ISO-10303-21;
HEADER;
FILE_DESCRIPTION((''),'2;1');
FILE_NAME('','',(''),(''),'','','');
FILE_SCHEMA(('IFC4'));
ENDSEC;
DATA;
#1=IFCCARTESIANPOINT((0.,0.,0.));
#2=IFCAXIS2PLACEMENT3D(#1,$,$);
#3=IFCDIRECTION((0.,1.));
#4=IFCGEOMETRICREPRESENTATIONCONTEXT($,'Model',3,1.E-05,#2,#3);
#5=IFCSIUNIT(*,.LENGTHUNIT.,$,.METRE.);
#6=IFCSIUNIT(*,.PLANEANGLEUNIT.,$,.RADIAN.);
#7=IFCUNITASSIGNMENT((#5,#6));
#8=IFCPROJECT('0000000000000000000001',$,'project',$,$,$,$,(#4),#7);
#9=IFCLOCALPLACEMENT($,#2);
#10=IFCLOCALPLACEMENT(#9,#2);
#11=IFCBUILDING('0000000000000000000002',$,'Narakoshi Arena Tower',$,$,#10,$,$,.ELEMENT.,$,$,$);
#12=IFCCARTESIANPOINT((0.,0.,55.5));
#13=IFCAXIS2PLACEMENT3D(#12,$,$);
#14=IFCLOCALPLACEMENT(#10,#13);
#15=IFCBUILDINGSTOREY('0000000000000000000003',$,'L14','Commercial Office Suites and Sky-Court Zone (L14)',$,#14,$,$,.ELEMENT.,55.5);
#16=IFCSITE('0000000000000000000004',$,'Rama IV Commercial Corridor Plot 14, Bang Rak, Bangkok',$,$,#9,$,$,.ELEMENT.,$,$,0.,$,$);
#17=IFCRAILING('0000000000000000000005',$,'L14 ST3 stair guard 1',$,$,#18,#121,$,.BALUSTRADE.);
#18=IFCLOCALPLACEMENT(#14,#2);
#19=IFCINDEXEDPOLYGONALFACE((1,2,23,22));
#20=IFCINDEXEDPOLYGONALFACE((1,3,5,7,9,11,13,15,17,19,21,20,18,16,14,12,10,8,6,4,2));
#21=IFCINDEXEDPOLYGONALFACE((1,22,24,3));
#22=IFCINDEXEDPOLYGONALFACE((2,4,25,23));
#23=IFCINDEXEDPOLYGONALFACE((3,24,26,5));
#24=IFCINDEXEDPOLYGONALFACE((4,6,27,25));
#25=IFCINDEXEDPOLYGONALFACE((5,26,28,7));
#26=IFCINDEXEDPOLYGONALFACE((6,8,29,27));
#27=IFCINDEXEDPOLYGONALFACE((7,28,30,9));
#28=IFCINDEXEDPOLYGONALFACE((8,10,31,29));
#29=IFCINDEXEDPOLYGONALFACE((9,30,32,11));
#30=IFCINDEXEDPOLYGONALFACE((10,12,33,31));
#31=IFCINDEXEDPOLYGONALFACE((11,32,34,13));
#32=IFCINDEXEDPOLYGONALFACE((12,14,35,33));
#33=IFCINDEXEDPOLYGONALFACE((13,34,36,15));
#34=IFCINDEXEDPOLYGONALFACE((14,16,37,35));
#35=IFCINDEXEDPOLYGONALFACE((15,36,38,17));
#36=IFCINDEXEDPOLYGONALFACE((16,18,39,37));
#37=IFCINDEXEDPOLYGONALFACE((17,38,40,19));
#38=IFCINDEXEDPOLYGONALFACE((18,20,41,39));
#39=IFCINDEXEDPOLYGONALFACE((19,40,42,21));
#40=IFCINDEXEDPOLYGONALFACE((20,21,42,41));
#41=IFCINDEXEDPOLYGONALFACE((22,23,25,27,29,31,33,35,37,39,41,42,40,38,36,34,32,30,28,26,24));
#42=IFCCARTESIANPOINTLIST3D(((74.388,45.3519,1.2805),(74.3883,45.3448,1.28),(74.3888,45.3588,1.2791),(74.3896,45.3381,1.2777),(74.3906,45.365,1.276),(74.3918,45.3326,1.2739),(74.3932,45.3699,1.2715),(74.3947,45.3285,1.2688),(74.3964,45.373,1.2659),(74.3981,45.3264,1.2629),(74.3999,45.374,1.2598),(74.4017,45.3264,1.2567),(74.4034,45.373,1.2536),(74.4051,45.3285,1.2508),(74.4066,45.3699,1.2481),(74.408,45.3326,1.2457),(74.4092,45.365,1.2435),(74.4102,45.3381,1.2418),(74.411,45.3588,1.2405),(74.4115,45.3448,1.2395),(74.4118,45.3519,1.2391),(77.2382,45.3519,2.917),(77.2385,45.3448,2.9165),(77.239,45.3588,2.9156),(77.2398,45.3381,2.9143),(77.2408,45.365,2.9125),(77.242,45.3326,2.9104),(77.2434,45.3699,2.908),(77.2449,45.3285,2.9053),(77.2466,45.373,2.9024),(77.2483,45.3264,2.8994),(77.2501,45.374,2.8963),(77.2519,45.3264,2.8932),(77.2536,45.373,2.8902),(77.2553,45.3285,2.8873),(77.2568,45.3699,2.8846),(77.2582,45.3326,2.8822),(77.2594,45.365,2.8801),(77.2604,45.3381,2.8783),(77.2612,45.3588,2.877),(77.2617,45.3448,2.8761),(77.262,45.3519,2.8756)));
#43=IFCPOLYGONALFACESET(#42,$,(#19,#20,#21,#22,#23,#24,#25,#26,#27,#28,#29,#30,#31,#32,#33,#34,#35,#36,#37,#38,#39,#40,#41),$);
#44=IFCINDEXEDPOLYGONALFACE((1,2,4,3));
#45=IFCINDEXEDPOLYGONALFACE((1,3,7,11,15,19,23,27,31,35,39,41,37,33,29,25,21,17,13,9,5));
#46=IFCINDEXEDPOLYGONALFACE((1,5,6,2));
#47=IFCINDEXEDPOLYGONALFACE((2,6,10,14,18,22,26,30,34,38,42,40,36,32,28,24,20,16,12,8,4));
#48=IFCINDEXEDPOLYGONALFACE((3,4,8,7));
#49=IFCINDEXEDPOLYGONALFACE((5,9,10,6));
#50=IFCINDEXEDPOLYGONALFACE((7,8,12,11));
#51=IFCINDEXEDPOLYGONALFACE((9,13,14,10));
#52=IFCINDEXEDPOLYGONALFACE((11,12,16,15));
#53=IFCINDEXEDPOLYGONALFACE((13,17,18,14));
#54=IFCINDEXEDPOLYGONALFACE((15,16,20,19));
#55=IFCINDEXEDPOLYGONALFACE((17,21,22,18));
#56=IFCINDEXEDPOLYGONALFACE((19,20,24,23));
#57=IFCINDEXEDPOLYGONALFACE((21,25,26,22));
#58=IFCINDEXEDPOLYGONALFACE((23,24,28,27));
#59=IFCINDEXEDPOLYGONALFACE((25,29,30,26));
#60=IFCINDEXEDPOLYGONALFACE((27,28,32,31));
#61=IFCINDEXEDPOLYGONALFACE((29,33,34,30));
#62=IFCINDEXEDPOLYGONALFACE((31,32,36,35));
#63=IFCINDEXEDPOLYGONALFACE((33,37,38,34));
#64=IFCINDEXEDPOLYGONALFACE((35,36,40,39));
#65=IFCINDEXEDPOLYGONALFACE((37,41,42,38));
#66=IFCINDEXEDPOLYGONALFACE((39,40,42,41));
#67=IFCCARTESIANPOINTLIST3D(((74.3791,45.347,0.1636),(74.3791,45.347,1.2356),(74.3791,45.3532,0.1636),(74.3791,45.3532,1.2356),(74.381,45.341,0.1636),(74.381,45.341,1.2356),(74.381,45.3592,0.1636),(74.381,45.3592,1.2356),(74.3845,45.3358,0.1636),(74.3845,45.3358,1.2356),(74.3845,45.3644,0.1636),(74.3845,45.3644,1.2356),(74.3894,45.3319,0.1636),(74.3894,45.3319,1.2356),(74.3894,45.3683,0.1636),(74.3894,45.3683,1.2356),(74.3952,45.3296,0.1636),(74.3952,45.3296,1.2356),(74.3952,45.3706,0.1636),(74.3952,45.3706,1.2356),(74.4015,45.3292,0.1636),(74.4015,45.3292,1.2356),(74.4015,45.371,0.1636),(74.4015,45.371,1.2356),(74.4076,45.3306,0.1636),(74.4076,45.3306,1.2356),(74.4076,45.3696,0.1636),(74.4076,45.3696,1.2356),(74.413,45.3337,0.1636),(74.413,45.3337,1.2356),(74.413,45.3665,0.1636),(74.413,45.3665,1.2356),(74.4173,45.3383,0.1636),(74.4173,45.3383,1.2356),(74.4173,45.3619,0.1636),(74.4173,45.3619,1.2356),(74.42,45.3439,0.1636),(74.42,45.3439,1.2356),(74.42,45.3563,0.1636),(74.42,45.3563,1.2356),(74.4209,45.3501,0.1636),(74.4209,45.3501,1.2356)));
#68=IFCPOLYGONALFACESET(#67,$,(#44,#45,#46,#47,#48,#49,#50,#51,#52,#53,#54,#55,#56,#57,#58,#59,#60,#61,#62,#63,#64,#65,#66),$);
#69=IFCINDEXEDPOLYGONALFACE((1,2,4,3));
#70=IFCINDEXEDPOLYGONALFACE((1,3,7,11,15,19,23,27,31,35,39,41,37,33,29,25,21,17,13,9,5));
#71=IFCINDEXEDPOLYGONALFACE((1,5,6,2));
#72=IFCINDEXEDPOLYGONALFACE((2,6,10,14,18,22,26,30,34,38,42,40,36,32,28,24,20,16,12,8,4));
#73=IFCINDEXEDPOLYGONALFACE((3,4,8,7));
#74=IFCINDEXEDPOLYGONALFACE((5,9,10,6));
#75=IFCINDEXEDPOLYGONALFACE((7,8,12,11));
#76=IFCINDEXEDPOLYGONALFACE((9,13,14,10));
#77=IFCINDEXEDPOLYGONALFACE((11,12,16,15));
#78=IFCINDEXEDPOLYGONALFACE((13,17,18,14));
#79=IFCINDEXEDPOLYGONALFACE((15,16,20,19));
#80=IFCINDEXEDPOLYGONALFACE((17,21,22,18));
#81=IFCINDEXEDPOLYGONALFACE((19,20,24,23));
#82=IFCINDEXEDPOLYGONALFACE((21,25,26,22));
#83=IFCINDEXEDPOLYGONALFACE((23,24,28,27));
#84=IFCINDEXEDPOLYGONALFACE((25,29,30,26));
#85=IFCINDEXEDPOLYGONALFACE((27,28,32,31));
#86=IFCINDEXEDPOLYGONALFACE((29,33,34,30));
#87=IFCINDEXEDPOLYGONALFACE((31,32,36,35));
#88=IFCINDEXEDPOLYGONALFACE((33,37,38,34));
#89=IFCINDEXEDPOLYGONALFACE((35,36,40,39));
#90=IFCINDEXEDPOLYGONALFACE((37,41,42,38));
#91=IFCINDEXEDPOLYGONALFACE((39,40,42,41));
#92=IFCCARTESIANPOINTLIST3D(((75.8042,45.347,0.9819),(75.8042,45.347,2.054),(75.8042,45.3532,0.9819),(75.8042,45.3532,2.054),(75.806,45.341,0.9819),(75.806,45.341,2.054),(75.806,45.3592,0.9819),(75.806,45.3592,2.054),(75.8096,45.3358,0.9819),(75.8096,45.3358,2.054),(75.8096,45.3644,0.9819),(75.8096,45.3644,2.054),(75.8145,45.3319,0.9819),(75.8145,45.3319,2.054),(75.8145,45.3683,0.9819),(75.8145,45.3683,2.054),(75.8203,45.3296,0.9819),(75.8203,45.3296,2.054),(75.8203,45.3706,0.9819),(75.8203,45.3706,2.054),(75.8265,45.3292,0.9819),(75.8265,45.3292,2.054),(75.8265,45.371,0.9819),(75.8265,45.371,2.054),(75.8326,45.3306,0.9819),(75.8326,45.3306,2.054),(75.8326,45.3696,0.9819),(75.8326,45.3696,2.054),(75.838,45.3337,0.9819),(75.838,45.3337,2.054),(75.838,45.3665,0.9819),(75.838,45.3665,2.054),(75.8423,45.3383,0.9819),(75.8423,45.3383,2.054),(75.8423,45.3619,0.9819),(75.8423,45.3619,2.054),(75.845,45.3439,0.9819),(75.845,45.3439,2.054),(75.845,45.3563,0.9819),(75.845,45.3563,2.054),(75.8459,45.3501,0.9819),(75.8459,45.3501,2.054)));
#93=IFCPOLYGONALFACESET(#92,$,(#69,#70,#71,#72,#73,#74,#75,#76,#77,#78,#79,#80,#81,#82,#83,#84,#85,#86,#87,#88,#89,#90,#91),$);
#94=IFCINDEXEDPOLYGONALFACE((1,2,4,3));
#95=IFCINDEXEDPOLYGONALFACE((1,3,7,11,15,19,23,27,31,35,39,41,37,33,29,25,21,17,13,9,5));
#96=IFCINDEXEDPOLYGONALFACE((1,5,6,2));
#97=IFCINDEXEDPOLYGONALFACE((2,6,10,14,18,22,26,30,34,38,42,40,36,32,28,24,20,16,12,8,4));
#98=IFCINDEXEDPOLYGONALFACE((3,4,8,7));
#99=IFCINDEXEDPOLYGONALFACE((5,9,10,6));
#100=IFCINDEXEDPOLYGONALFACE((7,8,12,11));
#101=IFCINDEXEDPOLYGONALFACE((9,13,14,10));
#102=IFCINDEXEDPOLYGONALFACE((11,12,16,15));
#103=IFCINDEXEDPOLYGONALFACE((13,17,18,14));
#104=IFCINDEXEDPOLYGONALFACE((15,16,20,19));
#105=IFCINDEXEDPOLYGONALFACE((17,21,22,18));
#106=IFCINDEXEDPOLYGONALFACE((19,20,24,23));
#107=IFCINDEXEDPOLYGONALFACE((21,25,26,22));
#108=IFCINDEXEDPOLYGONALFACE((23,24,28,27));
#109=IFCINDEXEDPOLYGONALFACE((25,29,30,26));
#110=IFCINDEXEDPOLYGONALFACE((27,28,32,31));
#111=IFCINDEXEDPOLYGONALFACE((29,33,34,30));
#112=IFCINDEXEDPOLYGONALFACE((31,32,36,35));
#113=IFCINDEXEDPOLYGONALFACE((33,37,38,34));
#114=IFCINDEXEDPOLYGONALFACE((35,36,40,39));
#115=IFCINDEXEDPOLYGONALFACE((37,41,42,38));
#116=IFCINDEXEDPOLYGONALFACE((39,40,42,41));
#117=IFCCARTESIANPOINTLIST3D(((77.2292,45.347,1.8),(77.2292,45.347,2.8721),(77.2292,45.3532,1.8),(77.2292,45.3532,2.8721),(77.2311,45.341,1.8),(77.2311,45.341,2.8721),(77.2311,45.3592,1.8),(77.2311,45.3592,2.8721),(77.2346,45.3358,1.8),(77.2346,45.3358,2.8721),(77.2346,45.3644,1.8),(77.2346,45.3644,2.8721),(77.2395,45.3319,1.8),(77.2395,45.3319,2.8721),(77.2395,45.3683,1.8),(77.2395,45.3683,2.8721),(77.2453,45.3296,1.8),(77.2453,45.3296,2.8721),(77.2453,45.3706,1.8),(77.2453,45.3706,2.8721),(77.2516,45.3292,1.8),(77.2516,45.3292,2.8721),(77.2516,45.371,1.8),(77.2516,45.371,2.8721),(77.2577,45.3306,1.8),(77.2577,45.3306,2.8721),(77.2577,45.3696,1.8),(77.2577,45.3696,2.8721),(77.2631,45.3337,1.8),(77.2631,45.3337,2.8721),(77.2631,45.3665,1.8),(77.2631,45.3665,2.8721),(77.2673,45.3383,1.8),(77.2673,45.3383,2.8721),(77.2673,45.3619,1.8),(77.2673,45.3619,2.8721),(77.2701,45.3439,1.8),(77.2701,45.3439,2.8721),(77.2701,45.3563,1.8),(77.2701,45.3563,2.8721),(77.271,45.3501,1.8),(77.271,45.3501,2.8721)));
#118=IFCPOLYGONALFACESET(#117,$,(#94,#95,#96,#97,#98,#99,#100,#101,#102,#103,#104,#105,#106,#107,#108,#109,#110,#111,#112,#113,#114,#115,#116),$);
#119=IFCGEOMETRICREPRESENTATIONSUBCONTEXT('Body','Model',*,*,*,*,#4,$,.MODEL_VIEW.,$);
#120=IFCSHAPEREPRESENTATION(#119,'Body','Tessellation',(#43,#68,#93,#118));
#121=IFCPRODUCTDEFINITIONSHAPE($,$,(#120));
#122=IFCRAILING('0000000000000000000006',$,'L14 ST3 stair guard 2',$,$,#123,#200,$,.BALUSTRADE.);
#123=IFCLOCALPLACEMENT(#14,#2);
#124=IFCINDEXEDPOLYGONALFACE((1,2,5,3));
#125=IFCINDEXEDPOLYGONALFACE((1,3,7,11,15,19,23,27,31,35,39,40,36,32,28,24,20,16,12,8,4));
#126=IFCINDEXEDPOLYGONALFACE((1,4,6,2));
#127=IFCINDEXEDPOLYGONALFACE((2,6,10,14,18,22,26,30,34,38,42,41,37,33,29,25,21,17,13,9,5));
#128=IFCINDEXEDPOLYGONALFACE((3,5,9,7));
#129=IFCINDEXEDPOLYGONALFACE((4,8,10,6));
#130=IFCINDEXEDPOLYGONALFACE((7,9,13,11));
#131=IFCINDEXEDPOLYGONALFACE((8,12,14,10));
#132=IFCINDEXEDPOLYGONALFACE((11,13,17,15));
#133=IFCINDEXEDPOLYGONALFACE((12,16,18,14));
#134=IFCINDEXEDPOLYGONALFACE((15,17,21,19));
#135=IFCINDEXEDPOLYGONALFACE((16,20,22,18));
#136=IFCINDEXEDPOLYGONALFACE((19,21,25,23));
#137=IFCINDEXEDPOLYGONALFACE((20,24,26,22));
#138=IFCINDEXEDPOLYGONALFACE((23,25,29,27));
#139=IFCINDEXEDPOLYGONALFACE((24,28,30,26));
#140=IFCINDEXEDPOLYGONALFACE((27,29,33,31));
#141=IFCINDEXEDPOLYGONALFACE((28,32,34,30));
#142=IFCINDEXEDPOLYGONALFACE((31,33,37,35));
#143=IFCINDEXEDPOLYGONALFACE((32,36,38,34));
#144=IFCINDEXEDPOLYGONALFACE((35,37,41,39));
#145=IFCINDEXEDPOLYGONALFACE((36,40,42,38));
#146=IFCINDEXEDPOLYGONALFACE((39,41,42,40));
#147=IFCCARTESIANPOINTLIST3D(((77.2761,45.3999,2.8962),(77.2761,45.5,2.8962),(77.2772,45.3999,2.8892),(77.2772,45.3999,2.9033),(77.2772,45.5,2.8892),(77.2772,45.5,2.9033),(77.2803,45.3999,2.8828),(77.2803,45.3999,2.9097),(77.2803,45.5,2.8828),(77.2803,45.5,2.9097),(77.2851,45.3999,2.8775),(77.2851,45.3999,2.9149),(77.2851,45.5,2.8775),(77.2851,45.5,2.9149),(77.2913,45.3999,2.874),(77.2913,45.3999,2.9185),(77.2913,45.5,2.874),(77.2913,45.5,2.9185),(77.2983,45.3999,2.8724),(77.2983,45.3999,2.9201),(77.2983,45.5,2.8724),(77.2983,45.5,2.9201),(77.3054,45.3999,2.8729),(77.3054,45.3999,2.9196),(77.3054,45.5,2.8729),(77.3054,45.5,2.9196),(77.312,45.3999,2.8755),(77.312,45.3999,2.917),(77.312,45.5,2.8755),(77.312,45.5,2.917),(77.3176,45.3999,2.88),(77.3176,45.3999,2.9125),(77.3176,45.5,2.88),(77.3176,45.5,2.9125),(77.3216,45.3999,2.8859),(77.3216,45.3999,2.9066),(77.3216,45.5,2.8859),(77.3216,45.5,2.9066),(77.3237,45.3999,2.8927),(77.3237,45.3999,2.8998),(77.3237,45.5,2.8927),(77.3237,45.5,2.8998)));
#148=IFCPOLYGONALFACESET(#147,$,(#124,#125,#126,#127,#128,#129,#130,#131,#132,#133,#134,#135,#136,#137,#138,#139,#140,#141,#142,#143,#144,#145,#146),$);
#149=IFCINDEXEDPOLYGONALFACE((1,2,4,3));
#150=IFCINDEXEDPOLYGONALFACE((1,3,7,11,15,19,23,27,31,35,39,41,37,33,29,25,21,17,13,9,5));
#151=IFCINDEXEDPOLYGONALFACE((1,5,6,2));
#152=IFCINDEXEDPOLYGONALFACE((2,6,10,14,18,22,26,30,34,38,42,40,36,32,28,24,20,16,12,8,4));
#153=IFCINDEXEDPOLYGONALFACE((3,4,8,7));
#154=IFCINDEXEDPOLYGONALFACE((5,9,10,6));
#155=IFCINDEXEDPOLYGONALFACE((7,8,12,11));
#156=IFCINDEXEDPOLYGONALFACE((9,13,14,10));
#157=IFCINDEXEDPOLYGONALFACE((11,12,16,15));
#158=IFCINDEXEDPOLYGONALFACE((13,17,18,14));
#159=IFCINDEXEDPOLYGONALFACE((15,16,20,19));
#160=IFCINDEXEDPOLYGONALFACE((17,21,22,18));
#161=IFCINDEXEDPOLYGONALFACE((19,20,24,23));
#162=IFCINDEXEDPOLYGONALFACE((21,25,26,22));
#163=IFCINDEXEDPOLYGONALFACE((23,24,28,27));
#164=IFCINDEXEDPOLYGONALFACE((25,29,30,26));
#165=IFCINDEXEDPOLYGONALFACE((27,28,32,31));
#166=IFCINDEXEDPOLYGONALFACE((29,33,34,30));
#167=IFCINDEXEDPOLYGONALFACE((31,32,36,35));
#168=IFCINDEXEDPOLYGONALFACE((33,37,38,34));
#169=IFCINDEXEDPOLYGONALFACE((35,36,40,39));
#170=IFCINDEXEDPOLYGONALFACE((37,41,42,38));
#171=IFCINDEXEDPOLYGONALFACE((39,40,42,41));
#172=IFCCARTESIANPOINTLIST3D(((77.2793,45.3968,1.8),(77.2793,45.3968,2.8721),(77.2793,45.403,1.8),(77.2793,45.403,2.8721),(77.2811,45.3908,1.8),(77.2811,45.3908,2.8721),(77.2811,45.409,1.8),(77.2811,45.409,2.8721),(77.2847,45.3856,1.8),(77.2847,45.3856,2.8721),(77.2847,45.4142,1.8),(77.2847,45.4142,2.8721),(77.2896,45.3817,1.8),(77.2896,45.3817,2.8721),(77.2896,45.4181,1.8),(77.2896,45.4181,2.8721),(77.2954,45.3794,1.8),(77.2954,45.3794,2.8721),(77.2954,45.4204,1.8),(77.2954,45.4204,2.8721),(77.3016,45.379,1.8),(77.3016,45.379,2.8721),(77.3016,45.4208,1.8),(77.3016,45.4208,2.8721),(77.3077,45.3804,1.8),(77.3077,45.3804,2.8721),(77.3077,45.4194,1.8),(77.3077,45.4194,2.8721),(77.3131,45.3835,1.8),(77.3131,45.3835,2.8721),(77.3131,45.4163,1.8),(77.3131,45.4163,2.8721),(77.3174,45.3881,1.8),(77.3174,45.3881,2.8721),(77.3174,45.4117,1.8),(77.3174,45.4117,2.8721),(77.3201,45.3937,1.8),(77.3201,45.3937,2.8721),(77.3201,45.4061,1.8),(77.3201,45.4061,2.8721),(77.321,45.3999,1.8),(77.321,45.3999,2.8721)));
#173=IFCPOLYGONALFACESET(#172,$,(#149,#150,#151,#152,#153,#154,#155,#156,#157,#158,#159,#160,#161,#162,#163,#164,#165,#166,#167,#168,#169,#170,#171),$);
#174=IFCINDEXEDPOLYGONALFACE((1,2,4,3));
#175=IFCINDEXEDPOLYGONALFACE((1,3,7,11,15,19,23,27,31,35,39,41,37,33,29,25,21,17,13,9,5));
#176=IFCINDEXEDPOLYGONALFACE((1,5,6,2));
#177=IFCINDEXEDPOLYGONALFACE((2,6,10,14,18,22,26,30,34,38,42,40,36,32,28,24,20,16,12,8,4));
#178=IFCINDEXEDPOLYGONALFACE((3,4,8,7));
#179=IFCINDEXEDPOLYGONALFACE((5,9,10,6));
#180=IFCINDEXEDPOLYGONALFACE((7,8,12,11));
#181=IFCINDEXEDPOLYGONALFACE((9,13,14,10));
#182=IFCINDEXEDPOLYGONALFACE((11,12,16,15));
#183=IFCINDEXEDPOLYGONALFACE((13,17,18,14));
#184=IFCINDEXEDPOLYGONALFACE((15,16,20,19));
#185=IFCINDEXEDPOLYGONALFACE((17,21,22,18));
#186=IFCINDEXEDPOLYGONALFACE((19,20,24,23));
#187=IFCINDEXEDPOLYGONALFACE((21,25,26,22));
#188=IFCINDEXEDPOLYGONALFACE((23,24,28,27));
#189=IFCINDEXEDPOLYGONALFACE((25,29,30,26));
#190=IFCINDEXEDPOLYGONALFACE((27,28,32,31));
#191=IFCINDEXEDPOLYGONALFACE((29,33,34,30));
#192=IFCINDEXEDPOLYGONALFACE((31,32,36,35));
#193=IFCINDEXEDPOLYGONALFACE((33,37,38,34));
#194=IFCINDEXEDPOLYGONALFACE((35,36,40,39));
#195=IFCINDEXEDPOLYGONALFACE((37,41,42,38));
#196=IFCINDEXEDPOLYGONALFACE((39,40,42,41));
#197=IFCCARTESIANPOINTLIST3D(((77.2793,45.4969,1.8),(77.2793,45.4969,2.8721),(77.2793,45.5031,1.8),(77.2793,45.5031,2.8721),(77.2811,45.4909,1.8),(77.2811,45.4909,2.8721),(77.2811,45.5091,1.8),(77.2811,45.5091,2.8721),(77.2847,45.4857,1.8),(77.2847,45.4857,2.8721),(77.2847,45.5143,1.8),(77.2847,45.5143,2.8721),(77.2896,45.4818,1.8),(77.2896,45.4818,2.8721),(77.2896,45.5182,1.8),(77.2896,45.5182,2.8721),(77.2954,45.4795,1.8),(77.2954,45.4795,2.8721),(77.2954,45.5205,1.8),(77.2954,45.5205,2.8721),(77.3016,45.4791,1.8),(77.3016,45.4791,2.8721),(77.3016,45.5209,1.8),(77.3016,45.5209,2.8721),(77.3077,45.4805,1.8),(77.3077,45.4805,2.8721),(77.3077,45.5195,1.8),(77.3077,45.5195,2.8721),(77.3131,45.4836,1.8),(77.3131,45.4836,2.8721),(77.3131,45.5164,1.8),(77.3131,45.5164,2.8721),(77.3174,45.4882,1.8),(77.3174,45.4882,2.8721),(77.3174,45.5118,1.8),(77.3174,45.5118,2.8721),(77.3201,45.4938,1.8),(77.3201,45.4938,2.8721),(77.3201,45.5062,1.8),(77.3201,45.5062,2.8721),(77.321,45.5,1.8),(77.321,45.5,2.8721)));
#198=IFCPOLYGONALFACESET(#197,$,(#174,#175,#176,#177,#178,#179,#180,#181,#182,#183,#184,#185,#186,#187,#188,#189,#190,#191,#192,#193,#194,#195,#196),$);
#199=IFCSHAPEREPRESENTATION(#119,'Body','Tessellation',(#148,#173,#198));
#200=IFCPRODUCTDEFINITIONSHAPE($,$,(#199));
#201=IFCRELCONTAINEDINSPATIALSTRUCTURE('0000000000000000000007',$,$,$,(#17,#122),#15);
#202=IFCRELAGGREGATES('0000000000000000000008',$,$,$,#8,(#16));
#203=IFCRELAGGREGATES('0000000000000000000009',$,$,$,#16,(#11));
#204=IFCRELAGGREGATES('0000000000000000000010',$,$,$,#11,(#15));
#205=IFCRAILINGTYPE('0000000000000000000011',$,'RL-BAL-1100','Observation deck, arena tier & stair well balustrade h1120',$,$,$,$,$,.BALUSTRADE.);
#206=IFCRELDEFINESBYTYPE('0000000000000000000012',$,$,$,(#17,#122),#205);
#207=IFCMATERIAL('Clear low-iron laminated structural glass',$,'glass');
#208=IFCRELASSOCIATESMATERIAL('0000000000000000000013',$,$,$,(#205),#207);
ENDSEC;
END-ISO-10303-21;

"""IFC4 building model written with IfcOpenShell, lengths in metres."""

from ifc_helpers import new_model, si_unit, direction, frame, origin, origin_2d, place, context, subcontext, project, spatial, circle, extrude, material, type_object, element, save


model = new_model("IFC4")

# Units and contexts
model_context = context("Model", 3, precision=1e-05, world=origin(), true_north=direction((0.0, 1.0)))
body_context = subcontext(model_context, "Body", "Model", "MODEL_VIEW")
ifc_project = project(units=[si_unit("LENGTHUNIT", "METRE"), si_unit("PLANEANGLEUNIT", "RADIAN")], contexts=[model_context])

# Site, building, storey
site_placement = place(None, origin())
site = spatial("IfcSite", under=ifc_project, at=site_placement, Name="Rama IV Commercial Corridor Plot 14, Bang Rak, Bangkok", CompositionType="ELEMENT", RefElevation=0.0)
building_placement = place(site_placement, origin())
building = spatial("IfcBuilding", under=site, at=building_placement, Name="Narakoshi Arena Tower", CompositionType="ELEMENT")
storey_placement = place(building_placement, frame((0.0, 0.0, 55.5)))
storey = spatial("IfcBuildingStorey", under=building, at=storey_placement, Name="L14", Description="Commercial Office Suites and Sky-Court Zone (L14)", CompositionType="ELEMENT", Elevation=55.5)

# Railings
ifc_material_1 = material(Name="Clear low-iron laminated structural glass", Category="glass")
railing_type_1 = type_object("IfcRailingType", Name="RL-BAL-1100", Description="Observation deck, arena tier & stair well balustrade h1120", PredefinedType="BALUSTRADE", material=ifc_material_1)
railing_1_placement = place(storey_placement, frame((74.3999, 45.3501, 0.1636)))
element("IfcRailing", 1, at=railing_1_placement, inside=storey, type_object=railing_type_1, Name="L14 ST3 stair guard 1", PredefinedType="BALUSTRADE", context=body_context, shape_type="SweptSolid", body=[
    extrude(circle(Radius=0.0239, at=origin_2d()), frame((0.0, 0.0, 1.0962), z_axis=(0.867213, 0.0, 0.497938), x_axis=(0.0, 1.0, 0.0)), (0.0, 0.0, 1.0), 3.2866),
    extrude(circle(Radius=0.021, at=origin_2d()), origin(), (0.0, 0.0, 1.0), 1.072),
    extrude(circle(Radius=0.021, at=origin_2d()), frame((1.425, 0.0, 0.8184)), (0.0, 0.0, 1.0), 1.072),
    extrude(circle(Radius=0.021, at=origin_2d()), frame((2.8501, 0.0, 1.6365)), (0.0, 0.0, 1.0), 1.072),
])
railing_2_placement = place(storey_placement, frame((77.3, 45.3999, 1.8)))
element("IfcRailing", 2, at=railing_2_placement, inside=storey, type_object=railing_type_1, Name="L14 ST3 stair guard 2", PredefinedType="BALUSTRADE", context=body_context, shape_type="SweptSolid", body=[
    extrude(circle(Radius=0.0239, at=origin_2d()), frame((0.0, 0.0, 1.0962), z_axis=(0.0, 1.0, 0.0), x_axis=(-1.0, 0.0, 0.0)), (0.0, 0.0, 1.0), 0.1001),
    extrude(circle(Radius=0.021, at=origin_2d()), origin(), (0.0, 0.0, 1.0), 1.072),
    extrude(circle(Radius=0.021, at=origin_2d()), frame((0.0, 0.1001, 0.0)), (0.0, 0.0, 1.0), 1.072),
])

save(model, "model.ifc")
